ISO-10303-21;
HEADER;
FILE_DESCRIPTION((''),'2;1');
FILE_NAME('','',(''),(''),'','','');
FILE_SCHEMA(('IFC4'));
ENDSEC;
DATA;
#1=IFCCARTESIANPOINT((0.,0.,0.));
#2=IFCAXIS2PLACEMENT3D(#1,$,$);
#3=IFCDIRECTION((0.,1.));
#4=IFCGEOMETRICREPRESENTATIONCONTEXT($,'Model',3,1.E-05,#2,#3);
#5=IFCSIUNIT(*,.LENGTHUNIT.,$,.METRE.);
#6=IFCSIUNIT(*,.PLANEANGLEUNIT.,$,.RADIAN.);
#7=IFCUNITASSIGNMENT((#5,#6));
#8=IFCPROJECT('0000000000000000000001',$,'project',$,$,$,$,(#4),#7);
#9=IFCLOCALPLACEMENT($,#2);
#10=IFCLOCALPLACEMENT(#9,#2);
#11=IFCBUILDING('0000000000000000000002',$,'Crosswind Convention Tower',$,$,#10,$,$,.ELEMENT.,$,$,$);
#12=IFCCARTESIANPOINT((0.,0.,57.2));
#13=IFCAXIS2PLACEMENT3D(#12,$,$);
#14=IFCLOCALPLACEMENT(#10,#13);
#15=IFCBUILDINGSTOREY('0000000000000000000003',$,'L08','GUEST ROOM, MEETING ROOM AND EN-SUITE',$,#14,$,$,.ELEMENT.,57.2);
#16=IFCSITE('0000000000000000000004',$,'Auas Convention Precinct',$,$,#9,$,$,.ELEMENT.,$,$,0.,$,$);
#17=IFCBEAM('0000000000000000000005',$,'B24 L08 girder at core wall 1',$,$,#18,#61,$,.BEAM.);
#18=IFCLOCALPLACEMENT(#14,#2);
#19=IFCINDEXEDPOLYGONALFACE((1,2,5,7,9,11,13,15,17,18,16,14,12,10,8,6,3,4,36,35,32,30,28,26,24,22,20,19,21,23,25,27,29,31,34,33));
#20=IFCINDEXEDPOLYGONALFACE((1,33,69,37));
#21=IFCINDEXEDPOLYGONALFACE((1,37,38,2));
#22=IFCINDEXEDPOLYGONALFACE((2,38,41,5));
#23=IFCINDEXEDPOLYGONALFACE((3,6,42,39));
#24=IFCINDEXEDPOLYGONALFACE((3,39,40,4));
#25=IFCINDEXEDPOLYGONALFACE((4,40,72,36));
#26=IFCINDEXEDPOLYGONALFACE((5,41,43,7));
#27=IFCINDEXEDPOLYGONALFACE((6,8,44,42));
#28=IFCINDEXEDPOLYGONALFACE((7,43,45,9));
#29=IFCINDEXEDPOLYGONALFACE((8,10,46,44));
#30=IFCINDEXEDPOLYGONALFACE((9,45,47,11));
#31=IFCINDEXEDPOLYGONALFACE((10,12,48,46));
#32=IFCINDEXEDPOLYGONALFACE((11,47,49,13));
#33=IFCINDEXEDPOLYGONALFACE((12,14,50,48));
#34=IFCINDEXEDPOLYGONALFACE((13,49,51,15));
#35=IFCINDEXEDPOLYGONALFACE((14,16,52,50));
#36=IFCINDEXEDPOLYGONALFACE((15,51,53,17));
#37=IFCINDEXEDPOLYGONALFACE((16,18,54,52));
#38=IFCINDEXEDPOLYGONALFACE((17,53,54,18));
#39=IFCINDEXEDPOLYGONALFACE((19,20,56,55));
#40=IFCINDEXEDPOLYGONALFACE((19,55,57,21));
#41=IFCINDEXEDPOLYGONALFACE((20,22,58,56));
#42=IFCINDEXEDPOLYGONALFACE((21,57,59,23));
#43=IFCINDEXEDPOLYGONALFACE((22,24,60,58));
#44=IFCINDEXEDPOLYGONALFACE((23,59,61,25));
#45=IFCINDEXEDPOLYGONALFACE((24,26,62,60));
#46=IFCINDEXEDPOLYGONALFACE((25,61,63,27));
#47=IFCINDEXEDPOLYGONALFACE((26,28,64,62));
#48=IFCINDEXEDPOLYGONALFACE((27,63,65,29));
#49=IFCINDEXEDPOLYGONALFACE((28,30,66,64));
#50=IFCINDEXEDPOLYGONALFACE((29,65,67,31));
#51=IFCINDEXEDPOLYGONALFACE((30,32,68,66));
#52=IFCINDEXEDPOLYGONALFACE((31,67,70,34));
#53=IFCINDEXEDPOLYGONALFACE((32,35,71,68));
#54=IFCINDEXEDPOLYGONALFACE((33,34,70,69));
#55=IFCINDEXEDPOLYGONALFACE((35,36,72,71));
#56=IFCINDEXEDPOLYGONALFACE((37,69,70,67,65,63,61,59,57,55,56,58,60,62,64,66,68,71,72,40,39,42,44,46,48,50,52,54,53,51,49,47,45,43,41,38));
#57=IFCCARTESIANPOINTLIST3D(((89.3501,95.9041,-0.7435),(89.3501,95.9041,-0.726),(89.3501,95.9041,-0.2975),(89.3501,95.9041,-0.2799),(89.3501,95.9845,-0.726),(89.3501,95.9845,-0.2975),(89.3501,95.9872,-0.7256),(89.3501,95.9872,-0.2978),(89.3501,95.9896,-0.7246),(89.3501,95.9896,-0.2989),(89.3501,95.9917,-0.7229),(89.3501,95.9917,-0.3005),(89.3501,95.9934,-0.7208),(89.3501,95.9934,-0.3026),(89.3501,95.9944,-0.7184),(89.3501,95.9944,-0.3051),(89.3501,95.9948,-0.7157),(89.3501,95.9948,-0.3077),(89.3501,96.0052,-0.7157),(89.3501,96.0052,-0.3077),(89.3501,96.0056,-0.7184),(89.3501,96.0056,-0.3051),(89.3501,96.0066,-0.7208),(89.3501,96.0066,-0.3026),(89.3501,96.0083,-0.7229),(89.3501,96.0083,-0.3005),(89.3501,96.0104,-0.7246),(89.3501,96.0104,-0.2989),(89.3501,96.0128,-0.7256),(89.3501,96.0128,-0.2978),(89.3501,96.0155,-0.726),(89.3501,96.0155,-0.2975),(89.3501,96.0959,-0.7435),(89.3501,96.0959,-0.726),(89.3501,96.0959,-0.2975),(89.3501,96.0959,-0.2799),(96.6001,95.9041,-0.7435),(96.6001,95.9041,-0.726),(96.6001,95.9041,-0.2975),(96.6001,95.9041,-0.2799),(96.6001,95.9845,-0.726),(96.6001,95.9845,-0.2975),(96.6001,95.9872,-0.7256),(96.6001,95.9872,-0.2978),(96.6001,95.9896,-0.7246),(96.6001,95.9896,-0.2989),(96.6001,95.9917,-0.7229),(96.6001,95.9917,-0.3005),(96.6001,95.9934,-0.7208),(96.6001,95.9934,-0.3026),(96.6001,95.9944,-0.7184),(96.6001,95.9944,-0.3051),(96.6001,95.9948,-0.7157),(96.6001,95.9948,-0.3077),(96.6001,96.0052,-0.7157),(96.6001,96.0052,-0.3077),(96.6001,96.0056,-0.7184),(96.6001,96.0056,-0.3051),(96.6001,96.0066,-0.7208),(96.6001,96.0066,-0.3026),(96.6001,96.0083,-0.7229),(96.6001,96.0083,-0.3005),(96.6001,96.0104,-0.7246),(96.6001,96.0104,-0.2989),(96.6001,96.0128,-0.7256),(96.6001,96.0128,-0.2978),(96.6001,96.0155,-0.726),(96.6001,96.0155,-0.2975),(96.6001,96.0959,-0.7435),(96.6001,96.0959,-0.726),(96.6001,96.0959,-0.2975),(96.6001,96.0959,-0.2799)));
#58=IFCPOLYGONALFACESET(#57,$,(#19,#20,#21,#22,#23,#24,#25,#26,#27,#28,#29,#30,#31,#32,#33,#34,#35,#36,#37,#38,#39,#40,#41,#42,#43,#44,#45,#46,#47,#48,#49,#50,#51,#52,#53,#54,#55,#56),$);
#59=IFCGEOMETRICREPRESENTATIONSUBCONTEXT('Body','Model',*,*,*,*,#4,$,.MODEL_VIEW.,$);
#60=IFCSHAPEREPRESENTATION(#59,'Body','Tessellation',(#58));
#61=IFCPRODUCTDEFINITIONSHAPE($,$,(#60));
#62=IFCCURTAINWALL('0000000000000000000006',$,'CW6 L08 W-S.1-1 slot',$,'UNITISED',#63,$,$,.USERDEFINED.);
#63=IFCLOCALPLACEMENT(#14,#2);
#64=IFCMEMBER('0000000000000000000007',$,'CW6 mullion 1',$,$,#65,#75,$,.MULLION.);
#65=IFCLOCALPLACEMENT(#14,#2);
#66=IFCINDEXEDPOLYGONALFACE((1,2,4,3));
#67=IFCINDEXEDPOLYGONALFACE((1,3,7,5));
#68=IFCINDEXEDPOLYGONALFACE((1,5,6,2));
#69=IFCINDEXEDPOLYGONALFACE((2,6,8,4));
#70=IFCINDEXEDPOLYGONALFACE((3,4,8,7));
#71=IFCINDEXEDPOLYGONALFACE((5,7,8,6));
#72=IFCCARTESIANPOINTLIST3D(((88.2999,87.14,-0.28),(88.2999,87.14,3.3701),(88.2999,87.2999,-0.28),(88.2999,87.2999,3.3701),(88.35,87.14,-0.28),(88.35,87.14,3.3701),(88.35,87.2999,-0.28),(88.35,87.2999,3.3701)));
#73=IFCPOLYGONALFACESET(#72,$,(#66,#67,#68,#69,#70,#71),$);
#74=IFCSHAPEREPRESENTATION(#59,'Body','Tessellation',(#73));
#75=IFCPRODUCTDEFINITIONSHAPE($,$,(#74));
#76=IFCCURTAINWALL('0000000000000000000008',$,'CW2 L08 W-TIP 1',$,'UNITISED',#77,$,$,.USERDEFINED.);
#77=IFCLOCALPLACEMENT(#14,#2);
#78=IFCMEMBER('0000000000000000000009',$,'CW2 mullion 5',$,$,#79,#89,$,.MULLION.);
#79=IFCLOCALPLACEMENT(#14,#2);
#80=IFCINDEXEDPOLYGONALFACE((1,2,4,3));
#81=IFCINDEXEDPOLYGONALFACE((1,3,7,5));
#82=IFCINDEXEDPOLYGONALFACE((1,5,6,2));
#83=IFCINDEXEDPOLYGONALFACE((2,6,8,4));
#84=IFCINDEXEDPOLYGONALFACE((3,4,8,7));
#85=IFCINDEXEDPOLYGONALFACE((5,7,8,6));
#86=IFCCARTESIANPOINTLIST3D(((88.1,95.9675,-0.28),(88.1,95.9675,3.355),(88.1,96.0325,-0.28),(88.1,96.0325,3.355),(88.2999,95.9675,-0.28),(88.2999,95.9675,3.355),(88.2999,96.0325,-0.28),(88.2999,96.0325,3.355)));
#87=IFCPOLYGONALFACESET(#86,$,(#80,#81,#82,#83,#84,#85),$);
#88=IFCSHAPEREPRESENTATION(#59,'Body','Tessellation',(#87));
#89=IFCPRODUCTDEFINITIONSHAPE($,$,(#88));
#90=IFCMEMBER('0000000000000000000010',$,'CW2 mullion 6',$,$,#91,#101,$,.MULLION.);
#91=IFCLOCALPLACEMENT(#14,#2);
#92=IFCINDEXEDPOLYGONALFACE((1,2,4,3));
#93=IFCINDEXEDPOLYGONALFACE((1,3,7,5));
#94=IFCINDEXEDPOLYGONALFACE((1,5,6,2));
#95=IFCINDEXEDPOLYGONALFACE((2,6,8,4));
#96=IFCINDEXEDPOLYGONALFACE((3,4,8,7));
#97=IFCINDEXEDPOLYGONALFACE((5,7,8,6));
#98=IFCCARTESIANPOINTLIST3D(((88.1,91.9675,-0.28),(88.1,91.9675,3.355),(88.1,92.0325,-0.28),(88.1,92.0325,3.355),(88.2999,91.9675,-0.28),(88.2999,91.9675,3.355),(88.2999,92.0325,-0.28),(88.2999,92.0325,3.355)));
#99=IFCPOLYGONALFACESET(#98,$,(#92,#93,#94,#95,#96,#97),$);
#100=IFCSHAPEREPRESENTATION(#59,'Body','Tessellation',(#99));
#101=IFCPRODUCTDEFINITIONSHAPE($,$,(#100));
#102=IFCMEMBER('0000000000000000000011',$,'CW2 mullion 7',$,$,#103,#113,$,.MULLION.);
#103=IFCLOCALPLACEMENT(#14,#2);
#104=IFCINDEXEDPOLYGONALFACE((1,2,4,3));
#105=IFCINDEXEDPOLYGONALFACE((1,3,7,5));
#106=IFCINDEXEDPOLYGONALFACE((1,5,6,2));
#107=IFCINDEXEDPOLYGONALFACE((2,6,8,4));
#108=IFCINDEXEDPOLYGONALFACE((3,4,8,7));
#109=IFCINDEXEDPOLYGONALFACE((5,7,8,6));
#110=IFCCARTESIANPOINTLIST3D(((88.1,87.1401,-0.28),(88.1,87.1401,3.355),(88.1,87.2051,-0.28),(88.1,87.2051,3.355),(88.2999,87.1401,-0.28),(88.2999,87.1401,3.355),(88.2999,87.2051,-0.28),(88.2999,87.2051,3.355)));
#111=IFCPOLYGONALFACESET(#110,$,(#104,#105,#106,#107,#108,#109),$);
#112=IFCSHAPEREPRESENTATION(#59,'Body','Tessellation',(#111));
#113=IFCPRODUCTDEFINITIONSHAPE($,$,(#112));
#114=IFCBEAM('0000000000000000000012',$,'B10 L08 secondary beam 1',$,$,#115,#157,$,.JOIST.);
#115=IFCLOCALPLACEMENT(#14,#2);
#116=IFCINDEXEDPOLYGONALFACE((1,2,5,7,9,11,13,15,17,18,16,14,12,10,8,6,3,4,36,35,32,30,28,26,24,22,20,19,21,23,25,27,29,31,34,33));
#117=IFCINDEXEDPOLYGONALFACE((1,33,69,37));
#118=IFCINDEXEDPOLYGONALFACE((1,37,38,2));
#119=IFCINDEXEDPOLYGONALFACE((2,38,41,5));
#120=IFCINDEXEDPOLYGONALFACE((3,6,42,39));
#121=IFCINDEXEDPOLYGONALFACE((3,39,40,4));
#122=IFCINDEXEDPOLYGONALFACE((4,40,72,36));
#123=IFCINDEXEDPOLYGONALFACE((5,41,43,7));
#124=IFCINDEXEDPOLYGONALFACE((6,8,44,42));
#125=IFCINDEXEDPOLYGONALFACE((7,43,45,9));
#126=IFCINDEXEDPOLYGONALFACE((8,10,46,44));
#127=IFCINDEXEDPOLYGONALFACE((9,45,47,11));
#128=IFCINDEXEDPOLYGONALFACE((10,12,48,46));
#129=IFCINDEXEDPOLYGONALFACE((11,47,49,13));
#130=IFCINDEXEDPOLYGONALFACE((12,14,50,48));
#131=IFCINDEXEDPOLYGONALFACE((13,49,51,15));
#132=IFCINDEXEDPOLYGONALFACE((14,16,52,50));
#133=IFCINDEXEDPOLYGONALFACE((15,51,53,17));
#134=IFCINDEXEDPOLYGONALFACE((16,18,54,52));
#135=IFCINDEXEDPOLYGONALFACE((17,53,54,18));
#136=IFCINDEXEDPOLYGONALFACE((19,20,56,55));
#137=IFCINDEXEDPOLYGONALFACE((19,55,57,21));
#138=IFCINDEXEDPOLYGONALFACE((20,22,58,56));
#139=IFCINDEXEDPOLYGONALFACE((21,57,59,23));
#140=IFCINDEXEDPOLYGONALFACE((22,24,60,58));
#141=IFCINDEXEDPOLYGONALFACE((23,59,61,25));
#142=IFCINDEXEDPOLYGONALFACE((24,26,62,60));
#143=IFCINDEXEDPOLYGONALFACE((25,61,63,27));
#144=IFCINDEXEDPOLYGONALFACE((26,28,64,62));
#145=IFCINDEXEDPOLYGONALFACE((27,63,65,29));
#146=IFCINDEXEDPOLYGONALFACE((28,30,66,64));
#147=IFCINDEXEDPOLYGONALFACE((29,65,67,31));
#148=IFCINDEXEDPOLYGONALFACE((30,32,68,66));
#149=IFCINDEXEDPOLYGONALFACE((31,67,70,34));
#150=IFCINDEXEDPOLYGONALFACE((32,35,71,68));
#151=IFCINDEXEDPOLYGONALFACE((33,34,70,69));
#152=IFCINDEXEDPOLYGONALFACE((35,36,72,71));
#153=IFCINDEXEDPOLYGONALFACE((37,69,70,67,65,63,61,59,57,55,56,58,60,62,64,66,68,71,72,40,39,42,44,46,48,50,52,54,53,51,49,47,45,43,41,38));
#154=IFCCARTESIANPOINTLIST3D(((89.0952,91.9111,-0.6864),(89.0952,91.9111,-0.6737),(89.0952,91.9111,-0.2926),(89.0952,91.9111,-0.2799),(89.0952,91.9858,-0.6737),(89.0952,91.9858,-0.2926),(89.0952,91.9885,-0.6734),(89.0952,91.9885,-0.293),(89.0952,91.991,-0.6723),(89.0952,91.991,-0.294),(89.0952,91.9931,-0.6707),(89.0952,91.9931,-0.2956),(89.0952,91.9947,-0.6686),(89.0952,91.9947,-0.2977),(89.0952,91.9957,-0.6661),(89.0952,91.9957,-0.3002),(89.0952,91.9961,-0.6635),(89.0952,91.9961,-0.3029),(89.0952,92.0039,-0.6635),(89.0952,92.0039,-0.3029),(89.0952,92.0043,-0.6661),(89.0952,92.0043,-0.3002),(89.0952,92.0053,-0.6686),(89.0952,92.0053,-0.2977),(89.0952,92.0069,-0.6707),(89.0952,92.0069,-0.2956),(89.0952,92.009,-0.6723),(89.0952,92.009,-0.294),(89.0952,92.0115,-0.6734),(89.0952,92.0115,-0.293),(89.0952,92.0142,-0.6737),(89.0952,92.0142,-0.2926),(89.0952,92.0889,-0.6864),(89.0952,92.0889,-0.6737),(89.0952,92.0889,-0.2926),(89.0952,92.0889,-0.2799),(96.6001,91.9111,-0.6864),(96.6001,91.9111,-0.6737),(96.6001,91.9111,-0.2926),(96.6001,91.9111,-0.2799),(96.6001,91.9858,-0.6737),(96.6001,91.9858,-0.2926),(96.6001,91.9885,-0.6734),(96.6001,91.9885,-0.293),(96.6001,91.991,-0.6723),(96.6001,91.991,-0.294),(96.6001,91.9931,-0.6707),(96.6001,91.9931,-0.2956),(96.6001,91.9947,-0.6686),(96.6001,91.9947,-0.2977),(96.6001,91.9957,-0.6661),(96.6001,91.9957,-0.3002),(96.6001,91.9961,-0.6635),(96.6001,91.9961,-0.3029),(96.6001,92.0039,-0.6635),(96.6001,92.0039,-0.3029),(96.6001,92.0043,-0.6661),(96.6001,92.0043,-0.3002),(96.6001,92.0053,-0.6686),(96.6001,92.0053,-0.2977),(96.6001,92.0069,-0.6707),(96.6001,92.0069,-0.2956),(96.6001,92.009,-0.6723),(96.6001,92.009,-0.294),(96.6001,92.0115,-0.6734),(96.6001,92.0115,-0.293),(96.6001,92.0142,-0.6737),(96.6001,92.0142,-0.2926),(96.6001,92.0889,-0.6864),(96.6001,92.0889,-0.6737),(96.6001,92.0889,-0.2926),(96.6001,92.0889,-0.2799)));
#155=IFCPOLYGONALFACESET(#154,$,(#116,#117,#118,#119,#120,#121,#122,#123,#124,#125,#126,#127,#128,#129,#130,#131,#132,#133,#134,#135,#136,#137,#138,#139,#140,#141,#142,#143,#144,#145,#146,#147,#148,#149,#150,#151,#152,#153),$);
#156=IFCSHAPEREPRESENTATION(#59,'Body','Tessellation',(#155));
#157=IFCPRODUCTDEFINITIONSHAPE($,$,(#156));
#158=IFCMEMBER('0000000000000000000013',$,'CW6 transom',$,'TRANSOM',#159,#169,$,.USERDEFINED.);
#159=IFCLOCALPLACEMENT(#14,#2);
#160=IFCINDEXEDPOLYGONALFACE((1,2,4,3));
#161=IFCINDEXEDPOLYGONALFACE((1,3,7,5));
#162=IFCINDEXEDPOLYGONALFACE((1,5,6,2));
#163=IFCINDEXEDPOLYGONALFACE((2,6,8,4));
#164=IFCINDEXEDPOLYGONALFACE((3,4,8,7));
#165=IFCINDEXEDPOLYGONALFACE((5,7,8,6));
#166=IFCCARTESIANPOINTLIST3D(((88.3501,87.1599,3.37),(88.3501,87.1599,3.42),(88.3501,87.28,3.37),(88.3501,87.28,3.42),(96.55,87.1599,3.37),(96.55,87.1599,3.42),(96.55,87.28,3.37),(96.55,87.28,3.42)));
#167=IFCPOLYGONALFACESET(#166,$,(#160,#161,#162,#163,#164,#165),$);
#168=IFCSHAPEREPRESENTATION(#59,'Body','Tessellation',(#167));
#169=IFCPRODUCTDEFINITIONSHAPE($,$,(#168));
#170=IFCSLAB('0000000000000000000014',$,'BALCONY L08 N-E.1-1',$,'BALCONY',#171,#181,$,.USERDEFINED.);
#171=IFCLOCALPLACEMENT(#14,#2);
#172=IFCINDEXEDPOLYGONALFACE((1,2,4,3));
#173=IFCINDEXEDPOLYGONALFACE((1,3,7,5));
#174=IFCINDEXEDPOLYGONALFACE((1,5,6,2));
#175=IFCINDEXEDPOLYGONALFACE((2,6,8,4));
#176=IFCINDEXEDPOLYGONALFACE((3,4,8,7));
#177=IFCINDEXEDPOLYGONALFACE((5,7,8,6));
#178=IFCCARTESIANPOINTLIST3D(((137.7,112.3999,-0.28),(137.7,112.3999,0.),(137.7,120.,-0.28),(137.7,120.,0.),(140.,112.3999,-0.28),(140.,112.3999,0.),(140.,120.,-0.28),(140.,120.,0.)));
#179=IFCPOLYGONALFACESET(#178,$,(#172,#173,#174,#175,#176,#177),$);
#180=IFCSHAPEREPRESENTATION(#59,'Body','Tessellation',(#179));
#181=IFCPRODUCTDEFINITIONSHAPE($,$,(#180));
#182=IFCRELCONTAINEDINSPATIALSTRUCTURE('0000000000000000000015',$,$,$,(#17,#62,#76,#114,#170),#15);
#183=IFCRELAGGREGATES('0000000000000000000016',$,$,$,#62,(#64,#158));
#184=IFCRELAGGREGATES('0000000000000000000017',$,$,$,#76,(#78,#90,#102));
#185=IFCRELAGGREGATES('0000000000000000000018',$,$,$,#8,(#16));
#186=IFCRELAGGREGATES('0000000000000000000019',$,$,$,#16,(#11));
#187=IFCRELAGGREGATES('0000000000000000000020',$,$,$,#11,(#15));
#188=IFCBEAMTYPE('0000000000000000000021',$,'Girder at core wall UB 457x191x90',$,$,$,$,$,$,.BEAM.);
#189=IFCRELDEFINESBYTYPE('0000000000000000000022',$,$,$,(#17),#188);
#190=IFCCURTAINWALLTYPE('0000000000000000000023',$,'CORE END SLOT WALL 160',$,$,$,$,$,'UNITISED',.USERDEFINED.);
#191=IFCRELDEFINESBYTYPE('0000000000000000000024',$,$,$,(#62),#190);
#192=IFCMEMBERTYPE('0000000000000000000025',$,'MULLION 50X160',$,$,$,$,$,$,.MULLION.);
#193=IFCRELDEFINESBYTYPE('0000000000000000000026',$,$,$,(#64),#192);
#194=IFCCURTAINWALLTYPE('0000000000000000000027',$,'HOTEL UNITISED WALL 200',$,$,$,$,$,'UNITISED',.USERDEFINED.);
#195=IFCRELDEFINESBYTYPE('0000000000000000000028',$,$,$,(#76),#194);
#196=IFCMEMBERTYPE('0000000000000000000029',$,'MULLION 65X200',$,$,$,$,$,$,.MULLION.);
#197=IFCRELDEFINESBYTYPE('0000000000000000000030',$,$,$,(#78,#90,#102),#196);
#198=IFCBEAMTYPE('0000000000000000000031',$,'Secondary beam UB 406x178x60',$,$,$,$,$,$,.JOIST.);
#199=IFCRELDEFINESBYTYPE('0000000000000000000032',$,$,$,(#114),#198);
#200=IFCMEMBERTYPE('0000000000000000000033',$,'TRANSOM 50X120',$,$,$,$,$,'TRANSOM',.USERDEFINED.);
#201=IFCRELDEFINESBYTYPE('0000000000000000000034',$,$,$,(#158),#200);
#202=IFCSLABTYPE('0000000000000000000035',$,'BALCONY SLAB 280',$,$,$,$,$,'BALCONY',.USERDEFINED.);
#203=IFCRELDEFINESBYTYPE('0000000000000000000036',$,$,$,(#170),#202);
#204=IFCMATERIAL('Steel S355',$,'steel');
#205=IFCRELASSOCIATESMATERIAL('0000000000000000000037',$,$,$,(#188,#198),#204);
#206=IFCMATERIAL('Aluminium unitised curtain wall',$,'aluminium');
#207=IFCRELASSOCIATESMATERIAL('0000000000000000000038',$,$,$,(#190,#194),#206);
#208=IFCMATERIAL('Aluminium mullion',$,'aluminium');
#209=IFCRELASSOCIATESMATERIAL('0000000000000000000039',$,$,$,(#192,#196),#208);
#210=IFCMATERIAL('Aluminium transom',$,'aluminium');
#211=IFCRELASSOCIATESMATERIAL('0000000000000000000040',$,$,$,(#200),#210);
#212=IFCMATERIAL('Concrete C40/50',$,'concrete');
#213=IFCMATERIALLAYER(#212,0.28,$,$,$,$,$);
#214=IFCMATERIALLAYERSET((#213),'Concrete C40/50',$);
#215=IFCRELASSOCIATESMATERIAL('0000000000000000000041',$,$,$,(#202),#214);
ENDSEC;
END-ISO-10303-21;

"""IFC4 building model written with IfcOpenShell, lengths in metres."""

from ifc_helpers import new_model, si_unit, direction, frame, origin, origin_2d, place, context, subcontext, project, spatial, polyline, rectangle, i_section, outline, extrude, material, layer, layer_set, material_profile, profile_set, type_object, element, aggregate, save


model = new_model("IFC4")

# Units and contexts
model_context = context("Model", 3, precision=1e-05, world=origin(), true_north=direction((0.0, 1.0)))
body_context = subcontext(model_context, "Body", "Model", "MODEL_VIEW")
ifc_project = project(units=[si_unit("LENGTHUNIT", "METRE"), si_unit("PLANEANGLEUNIT", "RADIAN")], contexts=[model_context])

# Site, building, storey
site_placement = place(None, origin())
site = spatial("IfcSite", under=ifc_project, at=site_placement, Name="Auas Convention Precinct", CompositionType="ELEMENT", RefElevation=0.0)
building_placement = place(site_placement, origin())
building = spatial("IfcBuilding", under=site, at=building_placement, Name="Crosswind Convention Tower", CompositionType="ELEMENT")
storey_placement = place(building_placement, frame((0.0, 0.0, 57.2)))
storey = spatial("IfcBuildingStorey", under=building, at=storey_placement, Name="L08", Description="GUEST ROOM, MEETING ROOM AND EN-SUITE", CompositionType="ELEMENT", Elevation=57.2)

# Beam
ifc_material_1 = material(Name="Steel S355", Category="steel")
ifc_material_profile_1 = material_profile(ifc_material_1, i_section(OverallWidth=0.1919, OverallDepth=0.4636, WebThickness=0.0105, FlangeThickness=0.0176, FilletRadius=0.0103, at=origin_2d()), Name="UB 457x191x90")
ifc_profile_set_1 = profile_set([ifc_material_profile_1], Name="Steel S355")
beam_type_1 = type_object("IfcBeamType", Name="Girder at core wall UB 457x191x90", PredefinedType="BEAM", material=ifc_profile_set_1)
beam_1_placement = place(storey_placement, frame((89.3501, 96.0, -0.5117), z_axis=(1.0, 0.0, 0.0), x_axis=(0.0, 1.0, 0.0)))
element("IfcBeam", 1, at=beam_1_placement, inside=storey, type_object=beam_type_1, Name="B24 L08 girder at core wall 1", PredefinedType="BEAM", context=body_context, shape_type="SweptSolid", body=[
    extrude(i_section(OverallWidth=0.1919, OverallDepth=0.4636, WebThickness=0.0105, FlangeThickness=0.0176, FilletRadius=0.0103, at=origin_2d()), origin(), (0.0, 0.0, 1.0), 7.25),
])

# Curtain wall, member
ifc_material_2 = material(Name="Aluminium unitised curtain wall", Category="aluminium")
curtain_wall_type_1 = type_object("IfcCurtainWallType", Name="CORE END SLOT WALL 160", ElementType="UNITISED", PredefinedType="USERDEFINED", material=ifc_material_2)
curtain_wall_1_placement = place(storey_placement, origin())
curtain_wall_1 = element("IfcCurtainWall", 2, at=curtain_wall_1_placement, inside=storey, type_object=curtain_wall_type_1, Name="CW6 L08 W-S.1-1 slot", ObjectType="UNITISED", PredefinedType="USERDEFINED")
ifc_material_3 = material(Name="Aluminium mullion", Category="aluminium")
ifc_material_profile_2 = material_profile(ifc_material_3, rectangle(XDim=0.1599, YDim=0.05, at=origin_2d()), Name="AL 160X50")
ifc_profile_set_2 = profile_set([ifc_material_profile_2], Name="Aluminium mullion")
member_type_1 = type_object("IfcMemberType", Name="MULLION 50X160", PredefinedType="MULLION", material=ifc_profile_set_2)
member_1_placement = place(storey_placement, frame((88.325, 87.22, -0.28), z_axis=(0.0, 0.0, 1.0), x_axis=(0.0, -1.0, 0.0)))
member_1 = element("IfcMember", 3, at=member_1_placement, type_object=member_type_1, Name="CW6 mullion 1", PredefinedType="MULLION", context=body_context, shape_type="SweptSolid", body=[
    extrude(rectangle(XDim=0.1599, YDim=0.05, at=origin_2d()), origin(), (0.0, 0.0, 1.0), 3.6501),
])

# Curtain wall, members
curtain_wall_type_2 = type_object("IfcCurtainWallType", Name="HOTEL UNITISED WALL 200", ElementType="UNITISED", PredefinedType="USERDEFINED", material=ifc_material_2)
curtain_wall_2_placement = place(storey_placement, origin())
curtain_wall_2 = element("IfcCurtainWall", 4, at=curtain_wall_2_placement, inside=storey, type_object=curtain_wall_type_2, Name="CW2 L08 W-TIP 1", ObjectType="UNITISED", PredefinedType="USERDEFINED")
ifc_material_profile_3 = material_profile(ifc_material_3, rectangle(XDim=0.2, YDim=0.0649, at=origin_2d()), Name="AL 200X65")
ifc_profile_set_3 = profile_set([ifc_material_profile_3], Name="Aluminium mullion")
member_type_2 = type_object("IfcMemberType", Name="MULLION 65X200", PredefinedType="MULLION", material=ifc_profile_set_3)
member_2_placement = place(storey_placement, frame((88.2, 96.0, -0.28), z_axis=(0.0, 0.0, 1.0), x_axis=(-1.0, 0.0, 0.0)))
member_2 = element("IfcMember", 5, at=member_2_placement, type_object=member_type_2, Name="CW2 mullion 5", PredefinedType="MULLION", context=body_context, shape_type="SweptSolid", body=[
    extrude(rectangle(XDim=0.2, YDim=0.0649, at=origin_2d()), origin(), (0.0, 0.0, 1.0), 3.635),
])
member_3_placement = place(storey_placement, frame((88.2, 92.0, -0.28), z_axis=(0.0, 0.0, 1.0), x_axis=(-1.0, 0.0, 0.0)))
member_3 = element("IfcMember", 6, at=member_3_placement, type_object=member_type_2, Name="CW2 mullion 6", PredefinedType="MULLION", context=body_context, shape_type="SweptSolid", body=[
    extrude(rectangle(XDim=0.2, YDim=0.0649, at=origin_2d()), origin(), (0.0, 0.0, 1.0), 3.635),
])
member_4_placement = place(storey_placement, frame((88.2, 87.1726, -0.28), z_axis=(0.0, 0.0, 1.0), x_axis=(-1.0, 0.0, 0.0)))
member_4 = element("IfcMember", 7, at=member_4_placement, type_object=member_type_2, Name="CW2 mullion 7", PredefinedType="MULLION", context=body_context, shape_type="SweptSolid", body=[
    extrude(rectangle(XDim=0.2, YDim=0.0649, at=origin_2d()), origin(), (0.0, 0.0, 1.0), 3.635),
])

# Beam
ifc_material_profile_4 = material_profile(ifc_material_1, i_section(OverallWidth=0.1777, OverallDepth=0.4065, WebThickness=0.0078, FlangeThickness=0.0127, FilletRadius=0.0103, at=origin_2d()), Name="UB 406x178x60")
ifc_profile_set_4 = profile_set([ifc_material_profile_4], Name="Steel S355")
beam_type_2 = type_object("IfcBeamType", Name="Secondary beam UB 406x178x60", PredefinedType="JOIST", material=ifc_profile_set_4)
beam_2_placement = place(storey_placement, frame((89.0952, 92.0, -0.4832), z_axis=(1.0, 0.0, 0.0), x_axis=(0.0, 1.0, 0.0)))
element("IfcBeam", 8, at=beam_2_placement, inside=storey, type_object=beam_type_2, Name="B10 L08 secondary beam 1", PredefinedType="JOIST", context=body_context, shape_type="SweptSolid", body=[
    extrude(i_section(OverallWidth=0.1777, OverallDepth=0.4065, WebThickness=0.0078, FlangeThickness=0.0127, FilletRadius=0.0103, at=origin_2d()), origin(), (0.0, 0.0, 1.0), 7.5049),
])

# Member
ifc_material_4 = material(Name="Aluminium transom", Category="aluminium")
ifc_material_profile_5 = material_profile(ifc_material_4, rectangle(XDim=0.1201, YDim=0.05, at=origin_2d()), Name="AL 120X50")
ifc_profile_set_5 = profile_set([ifc_material_profile_5], Name="Aluminium transom")
member_type_3 = type_object("IfcMemberType", Name="TRANSOM 50X120", ElementType="TRANSOM", PredefinedType="USERDEFINED", material=ifc_profile_set_5)
member_5_placement = place(storey_placement, frame((88.3501, 87.22, 3.395), z_axis=(1.0, 0.0, 0.0), x_axis=(0.0, 1.0, 0.0)))
member_5 = element("IfcMember", 9, at=member_5_placement, type_object=member_type_3, Name="CW6 transom", ObjectType="TRANSOM", PredefinedType="USERDEFINED", context=body_context, shape_type="SweptSolid", body=[
    extrude(rectangle(XDim=0.1201, YDim=0.05, at=origin_2d()), origin(), (0.0, 0.0, 1.0), 8.2),
])

# Slab
ifc_material_5 = material(Name="Concrete C40/50", Category="concrete")
ifc_layer_1 = layer(ifc_material_5, 0.28)
ifc_layer_set_1 = layer_set([ifc_layer_1], Name="Concrete C40/50")
slab_type_1 = type_object("IfcSlabType", Name="BALCONY SLAB 280", ElementType="BALCONY", PredefinedType="USERDEFINED", material=ifc_layer_set_1)
slab_1_placement = place(storey_placement, frame((0.0, 0.0, -0.28)))
element("IfcSlab", 10, at=slab_1_placement, inside=storey, type_object=slab_type_1, Name="BALCONY L08 N-E.1-1", ObjectType="BALCONY", PredefinedType="USERDEFINED", context=body_context, shape_type="SweptSolid", body=[
    extrude(outline(polyline([(137.7, 112.3999), (137.7, 120.0), (140.0, 120.0), (140.0, 112.3999), (137.7, 112.3999)])), origin(), (0.0, 0.0, 1.0), 0.28),
])

aggregate(curtain_wall_1, [member_1, member_5])
aggregate(curtain_wall_2, [member_2, member_3, member_4])

save(model, "model.ifc")
